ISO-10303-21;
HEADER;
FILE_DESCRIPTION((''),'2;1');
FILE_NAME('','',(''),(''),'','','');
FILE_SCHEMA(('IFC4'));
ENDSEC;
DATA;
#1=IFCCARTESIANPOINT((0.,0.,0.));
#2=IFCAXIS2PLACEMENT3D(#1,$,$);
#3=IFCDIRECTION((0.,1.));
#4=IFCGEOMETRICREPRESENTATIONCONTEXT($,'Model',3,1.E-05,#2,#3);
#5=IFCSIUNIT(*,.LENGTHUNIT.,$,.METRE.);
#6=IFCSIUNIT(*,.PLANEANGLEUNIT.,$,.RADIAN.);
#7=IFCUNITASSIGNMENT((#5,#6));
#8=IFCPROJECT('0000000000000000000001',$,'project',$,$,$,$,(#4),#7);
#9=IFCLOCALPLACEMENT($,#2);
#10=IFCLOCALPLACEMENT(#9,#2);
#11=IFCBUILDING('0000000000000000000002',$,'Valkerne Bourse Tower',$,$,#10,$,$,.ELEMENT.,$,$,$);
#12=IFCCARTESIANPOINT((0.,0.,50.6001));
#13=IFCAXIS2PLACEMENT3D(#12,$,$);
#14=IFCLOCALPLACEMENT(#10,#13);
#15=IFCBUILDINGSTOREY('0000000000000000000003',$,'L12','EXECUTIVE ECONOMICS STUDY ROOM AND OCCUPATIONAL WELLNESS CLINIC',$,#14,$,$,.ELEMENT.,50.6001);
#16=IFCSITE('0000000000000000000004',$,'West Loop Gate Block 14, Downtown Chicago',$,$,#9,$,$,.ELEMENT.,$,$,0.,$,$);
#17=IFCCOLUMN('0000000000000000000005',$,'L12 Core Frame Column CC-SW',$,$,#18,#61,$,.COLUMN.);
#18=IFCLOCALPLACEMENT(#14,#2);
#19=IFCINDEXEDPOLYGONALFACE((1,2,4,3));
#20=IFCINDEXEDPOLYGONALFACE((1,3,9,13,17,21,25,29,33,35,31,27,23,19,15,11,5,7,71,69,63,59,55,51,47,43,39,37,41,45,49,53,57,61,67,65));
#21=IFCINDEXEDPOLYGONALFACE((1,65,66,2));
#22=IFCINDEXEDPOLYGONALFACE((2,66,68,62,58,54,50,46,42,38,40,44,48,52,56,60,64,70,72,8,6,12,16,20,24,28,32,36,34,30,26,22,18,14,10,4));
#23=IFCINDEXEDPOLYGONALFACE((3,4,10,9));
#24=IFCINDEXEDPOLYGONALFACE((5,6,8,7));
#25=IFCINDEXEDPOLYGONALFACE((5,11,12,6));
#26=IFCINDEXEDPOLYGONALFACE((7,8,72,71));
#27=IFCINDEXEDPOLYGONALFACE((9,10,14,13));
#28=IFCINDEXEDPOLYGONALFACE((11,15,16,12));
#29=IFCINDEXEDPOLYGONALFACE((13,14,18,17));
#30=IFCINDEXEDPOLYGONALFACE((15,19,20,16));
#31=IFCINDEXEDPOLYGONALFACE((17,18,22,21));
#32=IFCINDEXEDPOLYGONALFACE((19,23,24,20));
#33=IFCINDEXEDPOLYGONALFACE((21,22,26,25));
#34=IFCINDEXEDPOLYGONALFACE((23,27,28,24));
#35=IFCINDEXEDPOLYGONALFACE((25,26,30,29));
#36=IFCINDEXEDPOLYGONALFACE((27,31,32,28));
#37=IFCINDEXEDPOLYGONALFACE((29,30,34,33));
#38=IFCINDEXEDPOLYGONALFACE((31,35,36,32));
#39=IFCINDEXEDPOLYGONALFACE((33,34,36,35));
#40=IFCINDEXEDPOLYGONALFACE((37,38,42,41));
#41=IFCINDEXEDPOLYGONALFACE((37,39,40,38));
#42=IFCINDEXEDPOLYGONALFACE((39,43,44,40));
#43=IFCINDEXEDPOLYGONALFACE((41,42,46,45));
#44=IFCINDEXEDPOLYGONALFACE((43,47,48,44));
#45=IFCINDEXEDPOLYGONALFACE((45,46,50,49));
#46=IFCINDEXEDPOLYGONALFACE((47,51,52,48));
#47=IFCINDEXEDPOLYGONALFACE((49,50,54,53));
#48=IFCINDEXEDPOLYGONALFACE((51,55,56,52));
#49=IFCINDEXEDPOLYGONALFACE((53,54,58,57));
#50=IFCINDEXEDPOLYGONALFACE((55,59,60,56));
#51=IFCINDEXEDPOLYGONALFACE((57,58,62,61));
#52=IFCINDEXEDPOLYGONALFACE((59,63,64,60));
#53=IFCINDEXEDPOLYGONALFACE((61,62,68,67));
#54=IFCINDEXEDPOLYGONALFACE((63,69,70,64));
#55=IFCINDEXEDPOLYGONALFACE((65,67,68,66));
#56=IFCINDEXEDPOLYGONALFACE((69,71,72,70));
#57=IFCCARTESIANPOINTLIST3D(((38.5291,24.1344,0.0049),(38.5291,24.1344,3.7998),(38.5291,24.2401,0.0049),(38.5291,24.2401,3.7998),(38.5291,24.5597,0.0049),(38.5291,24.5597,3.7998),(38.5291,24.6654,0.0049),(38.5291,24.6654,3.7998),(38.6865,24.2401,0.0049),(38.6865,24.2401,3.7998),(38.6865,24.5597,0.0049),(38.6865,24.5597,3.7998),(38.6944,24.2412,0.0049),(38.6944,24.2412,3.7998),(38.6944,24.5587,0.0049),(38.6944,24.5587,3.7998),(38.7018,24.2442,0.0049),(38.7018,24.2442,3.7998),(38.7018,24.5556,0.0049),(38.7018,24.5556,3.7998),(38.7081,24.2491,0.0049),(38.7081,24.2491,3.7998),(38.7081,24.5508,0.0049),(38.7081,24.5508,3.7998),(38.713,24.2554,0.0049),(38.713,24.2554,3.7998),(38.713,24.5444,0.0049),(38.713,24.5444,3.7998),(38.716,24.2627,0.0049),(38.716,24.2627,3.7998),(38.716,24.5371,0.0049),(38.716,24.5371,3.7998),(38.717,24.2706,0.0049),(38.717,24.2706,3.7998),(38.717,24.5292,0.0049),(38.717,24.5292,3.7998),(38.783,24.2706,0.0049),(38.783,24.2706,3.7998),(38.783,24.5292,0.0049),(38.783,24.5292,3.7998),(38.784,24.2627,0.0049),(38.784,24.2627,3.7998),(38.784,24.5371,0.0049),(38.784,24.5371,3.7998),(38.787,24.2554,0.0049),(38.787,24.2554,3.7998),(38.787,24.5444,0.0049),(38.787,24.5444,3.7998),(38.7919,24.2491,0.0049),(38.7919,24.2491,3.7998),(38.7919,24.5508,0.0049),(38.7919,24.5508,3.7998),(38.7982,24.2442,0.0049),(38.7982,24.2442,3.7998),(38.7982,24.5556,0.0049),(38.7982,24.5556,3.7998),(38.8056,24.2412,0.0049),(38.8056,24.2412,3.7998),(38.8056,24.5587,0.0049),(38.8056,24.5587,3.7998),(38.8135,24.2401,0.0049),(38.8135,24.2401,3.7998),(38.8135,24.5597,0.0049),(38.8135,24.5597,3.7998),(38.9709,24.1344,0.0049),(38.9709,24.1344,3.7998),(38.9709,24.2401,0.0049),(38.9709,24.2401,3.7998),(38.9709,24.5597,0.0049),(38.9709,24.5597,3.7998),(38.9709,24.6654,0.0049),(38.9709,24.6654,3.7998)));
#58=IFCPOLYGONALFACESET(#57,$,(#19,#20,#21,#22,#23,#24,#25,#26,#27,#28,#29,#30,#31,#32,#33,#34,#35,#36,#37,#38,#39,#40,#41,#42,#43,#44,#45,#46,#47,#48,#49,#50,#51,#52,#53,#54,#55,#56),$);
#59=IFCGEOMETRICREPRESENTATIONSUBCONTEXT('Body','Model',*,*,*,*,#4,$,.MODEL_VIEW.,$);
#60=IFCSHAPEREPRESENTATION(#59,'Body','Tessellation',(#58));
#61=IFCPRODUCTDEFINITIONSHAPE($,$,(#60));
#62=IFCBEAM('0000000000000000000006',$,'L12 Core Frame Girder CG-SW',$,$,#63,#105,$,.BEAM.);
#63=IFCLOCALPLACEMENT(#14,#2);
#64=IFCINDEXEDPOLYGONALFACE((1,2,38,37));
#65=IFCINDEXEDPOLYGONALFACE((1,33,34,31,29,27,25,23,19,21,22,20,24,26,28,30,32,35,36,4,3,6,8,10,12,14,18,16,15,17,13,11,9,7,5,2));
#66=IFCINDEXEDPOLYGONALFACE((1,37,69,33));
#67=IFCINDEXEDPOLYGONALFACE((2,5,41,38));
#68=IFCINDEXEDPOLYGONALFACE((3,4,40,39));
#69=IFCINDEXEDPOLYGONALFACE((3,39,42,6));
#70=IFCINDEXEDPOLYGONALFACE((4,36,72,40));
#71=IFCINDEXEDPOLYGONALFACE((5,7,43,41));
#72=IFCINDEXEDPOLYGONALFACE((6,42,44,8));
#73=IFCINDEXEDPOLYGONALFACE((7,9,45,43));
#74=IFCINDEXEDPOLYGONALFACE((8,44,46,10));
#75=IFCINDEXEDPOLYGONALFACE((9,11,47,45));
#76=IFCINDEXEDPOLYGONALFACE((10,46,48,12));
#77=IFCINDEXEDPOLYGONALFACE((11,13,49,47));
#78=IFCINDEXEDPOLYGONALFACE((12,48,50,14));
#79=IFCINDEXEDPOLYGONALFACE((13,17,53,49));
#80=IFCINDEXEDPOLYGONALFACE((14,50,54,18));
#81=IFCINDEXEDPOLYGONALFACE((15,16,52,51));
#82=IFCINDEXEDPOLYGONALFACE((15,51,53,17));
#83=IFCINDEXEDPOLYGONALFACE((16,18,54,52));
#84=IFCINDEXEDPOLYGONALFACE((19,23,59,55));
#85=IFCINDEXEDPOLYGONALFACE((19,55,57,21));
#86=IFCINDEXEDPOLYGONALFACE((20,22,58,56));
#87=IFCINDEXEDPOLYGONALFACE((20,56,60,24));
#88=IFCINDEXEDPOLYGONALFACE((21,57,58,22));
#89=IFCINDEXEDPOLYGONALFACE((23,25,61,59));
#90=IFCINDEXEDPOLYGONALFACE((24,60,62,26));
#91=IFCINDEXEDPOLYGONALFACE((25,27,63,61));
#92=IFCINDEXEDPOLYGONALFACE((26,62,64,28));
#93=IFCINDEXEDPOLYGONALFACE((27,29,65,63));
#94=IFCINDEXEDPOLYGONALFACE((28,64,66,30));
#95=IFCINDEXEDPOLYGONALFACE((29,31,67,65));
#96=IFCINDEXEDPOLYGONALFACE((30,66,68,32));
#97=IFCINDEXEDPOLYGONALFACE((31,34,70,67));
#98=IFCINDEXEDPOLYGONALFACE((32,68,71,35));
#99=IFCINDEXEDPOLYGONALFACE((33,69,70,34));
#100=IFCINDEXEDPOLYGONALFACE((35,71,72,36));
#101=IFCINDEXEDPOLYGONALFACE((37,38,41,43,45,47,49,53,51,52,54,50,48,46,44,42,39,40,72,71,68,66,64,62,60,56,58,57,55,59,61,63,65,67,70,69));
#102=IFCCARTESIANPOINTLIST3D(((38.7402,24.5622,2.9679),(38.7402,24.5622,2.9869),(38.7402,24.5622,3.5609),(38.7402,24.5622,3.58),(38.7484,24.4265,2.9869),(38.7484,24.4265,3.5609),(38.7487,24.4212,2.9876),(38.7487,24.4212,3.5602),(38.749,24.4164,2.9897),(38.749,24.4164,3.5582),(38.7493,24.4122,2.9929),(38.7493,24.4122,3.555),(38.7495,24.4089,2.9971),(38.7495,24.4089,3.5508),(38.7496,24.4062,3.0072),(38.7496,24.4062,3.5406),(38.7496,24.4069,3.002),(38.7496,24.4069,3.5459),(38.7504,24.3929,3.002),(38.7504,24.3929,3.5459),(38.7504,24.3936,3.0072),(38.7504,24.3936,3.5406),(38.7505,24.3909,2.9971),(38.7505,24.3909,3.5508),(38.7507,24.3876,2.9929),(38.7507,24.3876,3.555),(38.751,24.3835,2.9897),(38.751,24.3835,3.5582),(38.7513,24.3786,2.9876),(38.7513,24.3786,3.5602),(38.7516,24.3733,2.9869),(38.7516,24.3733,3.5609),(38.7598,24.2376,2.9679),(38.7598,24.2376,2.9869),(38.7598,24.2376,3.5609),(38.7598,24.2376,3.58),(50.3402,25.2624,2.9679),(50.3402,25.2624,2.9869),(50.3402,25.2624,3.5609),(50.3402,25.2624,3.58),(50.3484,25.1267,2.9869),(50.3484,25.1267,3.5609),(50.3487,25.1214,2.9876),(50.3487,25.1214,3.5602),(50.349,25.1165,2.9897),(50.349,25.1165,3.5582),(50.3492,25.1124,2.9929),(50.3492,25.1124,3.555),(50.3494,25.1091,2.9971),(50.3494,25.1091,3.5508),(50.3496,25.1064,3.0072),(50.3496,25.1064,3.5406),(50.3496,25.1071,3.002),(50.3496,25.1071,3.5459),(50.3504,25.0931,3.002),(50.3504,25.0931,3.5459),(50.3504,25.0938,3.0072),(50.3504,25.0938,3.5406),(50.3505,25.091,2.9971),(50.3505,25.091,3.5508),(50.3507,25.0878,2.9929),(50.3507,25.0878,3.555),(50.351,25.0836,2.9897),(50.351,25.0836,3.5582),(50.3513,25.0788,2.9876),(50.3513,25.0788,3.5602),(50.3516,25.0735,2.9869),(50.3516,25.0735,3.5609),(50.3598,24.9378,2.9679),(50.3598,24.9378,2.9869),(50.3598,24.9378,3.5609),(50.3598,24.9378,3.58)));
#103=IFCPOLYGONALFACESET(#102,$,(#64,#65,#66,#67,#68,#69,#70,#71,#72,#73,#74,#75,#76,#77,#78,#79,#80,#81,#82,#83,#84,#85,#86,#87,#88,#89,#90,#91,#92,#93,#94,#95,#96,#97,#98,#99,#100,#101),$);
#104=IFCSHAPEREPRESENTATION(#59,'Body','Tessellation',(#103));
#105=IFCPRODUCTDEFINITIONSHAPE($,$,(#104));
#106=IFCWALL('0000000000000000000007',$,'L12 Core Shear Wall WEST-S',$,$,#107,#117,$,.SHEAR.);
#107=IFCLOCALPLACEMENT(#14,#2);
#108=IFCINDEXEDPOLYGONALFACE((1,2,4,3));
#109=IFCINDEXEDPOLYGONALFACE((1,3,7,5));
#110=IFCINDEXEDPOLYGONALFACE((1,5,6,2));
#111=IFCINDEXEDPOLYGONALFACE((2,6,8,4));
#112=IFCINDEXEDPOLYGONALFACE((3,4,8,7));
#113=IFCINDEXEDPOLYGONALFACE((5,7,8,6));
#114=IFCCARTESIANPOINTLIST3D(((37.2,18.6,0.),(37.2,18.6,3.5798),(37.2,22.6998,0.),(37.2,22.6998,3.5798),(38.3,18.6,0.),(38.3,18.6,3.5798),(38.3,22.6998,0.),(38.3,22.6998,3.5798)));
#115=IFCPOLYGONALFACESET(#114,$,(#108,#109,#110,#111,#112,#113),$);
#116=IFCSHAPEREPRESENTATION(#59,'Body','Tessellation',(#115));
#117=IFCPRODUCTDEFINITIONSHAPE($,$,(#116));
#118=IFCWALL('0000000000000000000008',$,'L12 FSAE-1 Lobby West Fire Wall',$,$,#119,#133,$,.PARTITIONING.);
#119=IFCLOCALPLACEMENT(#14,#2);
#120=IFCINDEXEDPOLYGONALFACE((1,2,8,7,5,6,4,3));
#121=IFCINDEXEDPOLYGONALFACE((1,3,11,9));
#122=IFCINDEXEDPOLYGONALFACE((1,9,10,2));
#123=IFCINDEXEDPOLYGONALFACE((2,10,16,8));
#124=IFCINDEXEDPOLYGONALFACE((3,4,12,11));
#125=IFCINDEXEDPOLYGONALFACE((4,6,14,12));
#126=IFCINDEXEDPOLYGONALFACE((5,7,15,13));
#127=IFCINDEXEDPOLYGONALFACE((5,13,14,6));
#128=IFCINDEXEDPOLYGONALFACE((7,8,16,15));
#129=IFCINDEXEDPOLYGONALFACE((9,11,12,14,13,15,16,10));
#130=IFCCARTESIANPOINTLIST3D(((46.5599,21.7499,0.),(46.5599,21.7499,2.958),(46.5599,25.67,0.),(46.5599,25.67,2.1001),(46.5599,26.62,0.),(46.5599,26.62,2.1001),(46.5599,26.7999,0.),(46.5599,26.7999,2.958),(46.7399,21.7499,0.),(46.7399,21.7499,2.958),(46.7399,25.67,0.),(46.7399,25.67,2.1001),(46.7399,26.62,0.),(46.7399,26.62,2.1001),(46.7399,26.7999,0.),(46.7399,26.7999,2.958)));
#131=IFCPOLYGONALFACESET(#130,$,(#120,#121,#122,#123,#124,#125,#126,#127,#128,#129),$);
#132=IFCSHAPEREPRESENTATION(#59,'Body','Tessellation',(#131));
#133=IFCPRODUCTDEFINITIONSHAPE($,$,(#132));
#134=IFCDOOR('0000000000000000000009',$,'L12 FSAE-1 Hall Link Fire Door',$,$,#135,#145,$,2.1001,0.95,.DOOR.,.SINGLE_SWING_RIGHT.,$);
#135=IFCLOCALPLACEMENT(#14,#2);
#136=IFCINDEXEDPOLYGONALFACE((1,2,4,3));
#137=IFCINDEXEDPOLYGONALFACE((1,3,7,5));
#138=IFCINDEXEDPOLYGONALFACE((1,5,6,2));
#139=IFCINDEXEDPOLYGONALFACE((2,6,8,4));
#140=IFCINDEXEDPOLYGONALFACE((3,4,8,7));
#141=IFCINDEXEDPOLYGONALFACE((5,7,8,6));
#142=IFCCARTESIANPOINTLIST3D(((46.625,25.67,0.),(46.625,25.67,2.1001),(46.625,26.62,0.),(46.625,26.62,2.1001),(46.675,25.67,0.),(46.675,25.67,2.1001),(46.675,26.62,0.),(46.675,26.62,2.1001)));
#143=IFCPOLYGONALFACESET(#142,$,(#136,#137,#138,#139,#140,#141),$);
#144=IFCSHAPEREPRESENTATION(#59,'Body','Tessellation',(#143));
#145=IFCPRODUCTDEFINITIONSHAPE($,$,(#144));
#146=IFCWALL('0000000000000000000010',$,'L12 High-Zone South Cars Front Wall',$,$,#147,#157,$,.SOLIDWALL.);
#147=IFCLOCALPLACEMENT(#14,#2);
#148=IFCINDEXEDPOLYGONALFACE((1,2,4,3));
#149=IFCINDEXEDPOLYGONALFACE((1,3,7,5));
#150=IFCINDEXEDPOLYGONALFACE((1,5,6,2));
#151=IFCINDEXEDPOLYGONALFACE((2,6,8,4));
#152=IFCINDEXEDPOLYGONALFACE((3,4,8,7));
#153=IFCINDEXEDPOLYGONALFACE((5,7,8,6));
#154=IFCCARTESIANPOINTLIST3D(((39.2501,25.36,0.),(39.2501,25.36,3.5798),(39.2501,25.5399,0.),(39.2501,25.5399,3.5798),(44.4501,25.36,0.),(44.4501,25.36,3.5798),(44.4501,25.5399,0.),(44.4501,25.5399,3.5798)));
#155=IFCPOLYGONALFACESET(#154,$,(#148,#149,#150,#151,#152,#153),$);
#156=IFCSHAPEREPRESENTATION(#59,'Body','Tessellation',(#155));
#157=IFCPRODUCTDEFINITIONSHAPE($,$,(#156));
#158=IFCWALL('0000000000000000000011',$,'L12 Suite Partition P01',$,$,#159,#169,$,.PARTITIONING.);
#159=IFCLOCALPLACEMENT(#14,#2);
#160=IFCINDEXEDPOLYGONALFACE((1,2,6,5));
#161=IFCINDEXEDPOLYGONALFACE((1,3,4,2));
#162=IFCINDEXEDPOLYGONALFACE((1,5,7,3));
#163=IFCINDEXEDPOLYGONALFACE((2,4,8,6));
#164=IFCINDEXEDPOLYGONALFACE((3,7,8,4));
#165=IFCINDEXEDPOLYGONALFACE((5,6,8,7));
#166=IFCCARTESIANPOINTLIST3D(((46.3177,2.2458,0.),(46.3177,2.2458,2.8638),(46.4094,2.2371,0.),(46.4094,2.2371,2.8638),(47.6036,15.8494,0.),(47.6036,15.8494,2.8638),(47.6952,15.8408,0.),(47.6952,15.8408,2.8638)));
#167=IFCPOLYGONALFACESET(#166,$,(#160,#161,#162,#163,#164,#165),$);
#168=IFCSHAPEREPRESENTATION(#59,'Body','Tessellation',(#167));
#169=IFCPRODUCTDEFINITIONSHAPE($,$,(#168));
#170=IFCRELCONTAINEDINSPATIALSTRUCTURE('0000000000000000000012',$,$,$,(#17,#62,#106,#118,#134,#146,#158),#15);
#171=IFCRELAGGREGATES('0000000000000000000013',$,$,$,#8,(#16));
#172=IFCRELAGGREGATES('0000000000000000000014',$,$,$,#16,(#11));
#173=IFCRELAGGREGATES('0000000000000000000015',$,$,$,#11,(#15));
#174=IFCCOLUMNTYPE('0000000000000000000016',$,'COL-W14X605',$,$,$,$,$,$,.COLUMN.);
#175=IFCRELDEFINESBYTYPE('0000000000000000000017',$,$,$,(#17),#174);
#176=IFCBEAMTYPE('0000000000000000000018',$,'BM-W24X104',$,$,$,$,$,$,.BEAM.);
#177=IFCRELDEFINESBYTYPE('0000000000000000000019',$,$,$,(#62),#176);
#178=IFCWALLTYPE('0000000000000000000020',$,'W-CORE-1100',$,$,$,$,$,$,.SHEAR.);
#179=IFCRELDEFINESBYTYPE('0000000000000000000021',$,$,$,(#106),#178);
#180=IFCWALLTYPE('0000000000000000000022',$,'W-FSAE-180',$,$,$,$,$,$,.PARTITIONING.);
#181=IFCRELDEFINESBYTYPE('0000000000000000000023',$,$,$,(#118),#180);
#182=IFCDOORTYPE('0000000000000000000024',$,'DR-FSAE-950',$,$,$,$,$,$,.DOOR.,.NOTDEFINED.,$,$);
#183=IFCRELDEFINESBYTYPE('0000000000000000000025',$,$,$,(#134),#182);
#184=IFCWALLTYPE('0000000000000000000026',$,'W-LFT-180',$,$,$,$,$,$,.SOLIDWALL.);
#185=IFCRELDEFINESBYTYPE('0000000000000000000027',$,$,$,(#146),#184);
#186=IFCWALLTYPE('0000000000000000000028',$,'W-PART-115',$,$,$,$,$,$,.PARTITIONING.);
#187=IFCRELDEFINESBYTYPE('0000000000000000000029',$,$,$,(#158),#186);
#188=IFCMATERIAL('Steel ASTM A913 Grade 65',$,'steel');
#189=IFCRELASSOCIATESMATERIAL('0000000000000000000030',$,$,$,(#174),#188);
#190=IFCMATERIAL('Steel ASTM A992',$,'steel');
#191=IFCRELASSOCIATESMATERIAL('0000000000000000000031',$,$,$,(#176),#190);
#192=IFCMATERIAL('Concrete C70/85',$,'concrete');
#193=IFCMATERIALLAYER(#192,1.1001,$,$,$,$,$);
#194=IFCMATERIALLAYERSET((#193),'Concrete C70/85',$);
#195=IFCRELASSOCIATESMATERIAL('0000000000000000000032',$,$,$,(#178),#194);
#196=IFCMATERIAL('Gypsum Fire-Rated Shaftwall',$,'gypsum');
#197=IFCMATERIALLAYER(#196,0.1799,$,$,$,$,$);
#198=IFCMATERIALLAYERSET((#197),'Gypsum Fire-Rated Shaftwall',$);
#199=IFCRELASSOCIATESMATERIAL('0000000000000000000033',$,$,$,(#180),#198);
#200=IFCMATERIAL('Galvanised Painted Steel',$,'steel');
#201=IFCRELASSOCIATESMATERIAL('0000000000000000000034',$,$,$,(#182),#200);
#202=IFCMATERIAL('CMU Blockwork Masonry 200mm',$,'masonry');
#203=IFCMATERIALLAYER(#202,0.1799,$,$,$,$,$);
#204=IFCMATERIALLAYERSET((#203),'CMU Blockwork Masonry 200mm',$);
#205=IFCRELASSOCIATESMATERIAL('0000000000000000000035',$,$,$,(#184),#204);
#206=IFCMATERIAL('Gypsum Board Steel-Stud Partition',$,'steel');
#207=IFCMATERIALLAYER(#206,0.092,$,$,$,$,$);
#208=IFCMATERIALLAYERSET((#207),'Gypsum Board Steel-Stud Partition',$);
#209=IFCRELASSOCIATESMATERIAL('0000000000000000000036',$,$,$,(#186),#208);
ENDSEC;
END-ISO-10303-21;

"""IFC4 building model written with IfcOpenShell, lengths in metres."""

from ifc_helpers import new_model, si_unit, direction, frame, frame_2d, origin, origin_2d, place, context, subcontext, project, spatial, rectangle, i_section, extrude, material, layer, layer_set, material_profile, profile_set, type_object, element, fill, save


model = new_model("IFC4")

# Units and contexts
model_context = context("Model", 3, precision=1e-05, world=origin(), true_north=direction((0.0, 1.0)))
body_context = subcontext(model_context, "Body", "Model", "MODEL_VIEW")
ifc_project = project(units=[si_unit("LENGTHUNIT", "METRE"), si_unit("PLANEANGLEUNIT", "RADIAN")], contexts=[model_context])

# Site, building, storey
site_placement = place(None, origin())
site = spatial("IfcSite", under=ifc_project, at=site_placement, Name="West Loop Gate Block 14, Downtown Chicago", CompositionType="ELEMENT", RefElevation=0.0)
building_placement = place(site_placement, origin())
building = spatial("IfcBuilding", under=site, at=building_placement, Name="Valkerne Bourse Tower", CompositionType="ELEMENT")
storey_placement = place(building_placement, frame((0.0, 0.0, 50.6001)))
storey = spatial("IfcBuildingStorey", under=building, at=storey_placement, Name="L12", Description="EXECUTIVE ECONOMICS STUDY ROOM AND OCCUPATIONAL WELLNESS CLINIC", CompositionType="ELEMENT", Elevation=50.6001)

# Column
ifc_material_1 = material(Name="Steel ASTM A913 Grade 65", Category="steel")
ifc_material_profile_1 = material_profile(ifc_material_1, i_section(OverallWidth=0.4419, OverallDepth=0.531, WebThickness=0.0659, FlangeThickness=0.1057, FilletRadius=0.0305, at=origin_2d()), Name="W14X605")
ifc_profile_set_1 = profile_set([ifc_material_profile_1], Name="Steel ASTM A913 Grade 65")
column_type = type_object("IfcColumnType", Name="COL-W14X605", PredefinedType="COLUMN", material=ifc_profile_set_1)
column_placement = place(storey_placement, frame((38.75, 24.3999, 0.0049), z_axis=(0.0, 0.0, 1.0), x_axis=(1.0, 0.0, 0.0)))
element("IfcColumn", 1, at=column_placement, inside=storey, type_object=column_type, Name="L12 Core Frame Column CC-SW", PredefinedType="COLUMN", context=body_context, shape_type="SweptSolid", body=[
    extrude(i_section(OverallWidth=0.4419, OverallDepth=0.531, WebThickness=0.0659, FlangeThickness=0.1057, FilletRadius=0.0305, at=origin_2d()), origin(), (0.0, 0.0, 1.0), 3.7949),
])

# Beam
ifc_material_2 = material(Name="Steel ASTM A992", Category="steel")
ifc_material_profile_2 = material_profile(ifc_material_2, i_section(OverallWidth=0.3252, OverallDepth=0.6121, WebThickness=0.0127, FlangeThickness=0.019, FilletRadius=0.0203, at=origin_2d()), Name="W24X104")
ifc_profile_set_2 = profile_set([ifc_material_profile_2], Name="Steel ASTM A992")
beam_type = type_object("IfcBeamType", Name="BM-W24X104", PredefinedType="BEAM", material=ifc_profile_set_2)
beam_placement = place(storey_placement, frame((38.75, 24.3999, 3.2739), z_axis=(0.998183, 0.060251, 0.0), x_axis=(-0.060251, 0.998183, 0.0)))
element("IfcBeam", 2, at=beam_placement, inside=storey, type_object=beam_type, Name="L12 Core Frame Girder CG-SW", PredefinedType="BEAM", context=body_context, shape_type="SweptSolid", body=[
    extrude(i_section(OverallWidth=0.3252, OverallDepth=0.6121, WebThickness=0.0127, FlangeThickness=0.019, FilletRadius=0.0203, at=origin_2d()), origin(), (0.0, 0.0, 1.0), 11.6211),
])

# Wall
ifc_material_3 = material(Name="Concrete C70/85", Category="concrete")
ifc_layer_1 = layer(ifc_material_3, 1.1001)
ifc_layer_set_1 = layer_set([ifc_layer_1], Name="Concrete C70/85")
wall_type_1 = type_object("IfcWallType", Name="W-CORE-1100", PredefinedType="SHEAR", material=ifc_layer_set_1)
wall_1_placement = place(storey_placement, frame((37.75, 18.6001, 0.0), z_axis=(0.0, 0.0, 1.0), x_axis=(0.0, 1.0, 0.0)))
element("IfcWall", 3, at=wall_1_placement, inside=storey, type_object=wall_type_1, Name="L12 Core Shear Wall WEST-S", PredefinedType="SHEAR", context=body_context, shape_type="SweptSolid", body=[
    extrude(rectangle(XDim=4.0999, YDim=1.1001, at=frame_2d((2.0498, 0.0))), origin(), (0.0, 0.0, 1.0), 3.5798),
])

# Wall, opening, door
ifc_material_4 = material(Name="Gypsum Fire-Rated Shaftwall", Category="gypsum")
ifc_layer_2 = layer(ifc_material_4, 0.1799)
ifc_layer_set_2 = layer_set([ifc_layer_2], Name="Gypsum Fire-Rated Shaftwall")
wall_type_2 = type_object("IfcWallType", Name="W-FSAE-180", PredefinedType="PARTITIONING", material=ifc_layer_set_2)
wall_2_placement = place(storey_placement, frame((46.6499, 21.75, 0.0), z_axis=(0.0, 0.0, 1.0), x_axis=(0.0, 1.0, 0.0)))
wall_2 = element("IfcWall", 4, at=wall_2_placement, inside=storey, type_object=wall_type_2, Name="L12 FSAE-1 Lobby West Fire Wall", PredefinedType="PARTITIONING", context=body_context, shape_type="SweptSolid", body=[
    extrude(rectangle(XDim=5.05, YDim=0.1799, at=frame_2d((2.5249, 0.0))), origin(), (0.0, 0.0, 1.0), 2.958),
])
opening_1_placement = place(wall_2_placement, frame((3.9199, 0.0, 0.0)))
opening_1 = element("IfcOpeningElement", 5, at=opening_1_placement, cuts=wall_2, PredefinedType="OPENING", context=body_context, shape_type="SweptSolid", body=[
    extrude(rectangle(XDim=0.95, YDim=2.1001, at=frame_2d((0.4751, 1.05))), frame((0.0, 0.0999, 0.0), z_axis=(0.0, -1.0, 0.0), x_axis=(1.0, 0.0, 0.0)), (0.0, 0.0, 1.0), 0.2),
])
ifc_material_5 = material(Name="Galvanised Painted Steel", Category="steel")
door_type_1 = type_object("IfcDoorType", Name="DR-FSAE-950", OperationType="NOTDEFINED", PredefinedType="DOOR", material=ifc_material_5)
door_1_placement = place(opening_1_placement, origin())
door_1 = element("IfcDoor", 6, at=door_1_placement, inside=storey, type_object=door_type_1, Name="L12 FSAE-1 Hall Link Fire Door", OperationType="SINGLE_SWING_RIGHT", OverallHeight=2.1001, OverallWidth=0.95, PredefinedType="DOOR", context=body_context, shape_type="SweptSolid", body=[
    extrude(rectangle(XDim=0.95, YDim=2.1001, at=frame_2d((0.4751, 1.05))), frame((0.0, 0.0249, 0.0), z_axis=(0.0, -1.0, 0.0), x_axis=(1.0, 0.0, 0.0)), (0.0, 0.0, 1.0), 0.05),
])
fill(opening_1, door_1)

# Shared definitions
ifc_material_6 = material(Name="CMU Blockwork Masonry 200mm", Category="masonry")
ifc_layer_3 = layer(ifc_material_6, 0.1799)
ifc_layer_set_3 = layer_set([ifc_layer_3], Name="CMU Blockwork Masonry 200mm")
wall_type_3 = type_object("IfcWallType", Name="W-LFT-180", PredefinedType="SOLIDWALL", material=ifc_layer_set_3)

# Walls
wall_3_placement = place(storey_placement, frame((39.25, 25.45, 0.0), z_axis=(0.0, 0.0, 1.0), x_axis=(1.0, 0.0, 0.0)))
element("IfcWall", 7, at=wall_3_placement, inside=storey, type_object=wall_type_3, Name="L12 High-Zone South Cars Front Wall", PredefinedType="SOLIDWALL", context=body_context, shape_type="SweptSolid", body=[
    extrude(rectangle(XDim=5.2, YDim=0.1799, at=frame_2d((2.6001, 0.0))), origin(), (0.0, 0.0, 1.0), 3.5798),
])
ifc_material_7 = material(Name="Gypsum Board Steel-Stud Partition", Category="steel")
ifc_layer_4 = layer(ifc_material_7, 0.092)
ifc_layer_set_4 = layer_set([ifc_layer_4], Name="Gypsum Board Steel-Stud Partition")
wall_type_4 = type_object("IfcWallType", Name="W-PART-115", PredefinedType="PARTITIONING", material=ifc_layer_set_4)
wall_4_placement = place(storey_placement, frame((47.6494, 15.845, 0.0), z_axis=(0.0, 0.0, 1.0), x_axis=(-0.094105, -0.995562, 0.0)))
element("IfcWall", 8, at=wall_4_placement, inside=storey, type_object=wall_type_4, Name="L12 Suite Partition P01", PredefinedType="PARTITIONING", context=body_context, shape_type="SweptSolid", body=[
    extrude(rectangle(XDim=13.6643, YDim=0.092, at=frame_2d((6.832, 0.0))), origin(), (0.0, 0.0, 1.0), 2.8638),
])

save(model, "model.ifc")
